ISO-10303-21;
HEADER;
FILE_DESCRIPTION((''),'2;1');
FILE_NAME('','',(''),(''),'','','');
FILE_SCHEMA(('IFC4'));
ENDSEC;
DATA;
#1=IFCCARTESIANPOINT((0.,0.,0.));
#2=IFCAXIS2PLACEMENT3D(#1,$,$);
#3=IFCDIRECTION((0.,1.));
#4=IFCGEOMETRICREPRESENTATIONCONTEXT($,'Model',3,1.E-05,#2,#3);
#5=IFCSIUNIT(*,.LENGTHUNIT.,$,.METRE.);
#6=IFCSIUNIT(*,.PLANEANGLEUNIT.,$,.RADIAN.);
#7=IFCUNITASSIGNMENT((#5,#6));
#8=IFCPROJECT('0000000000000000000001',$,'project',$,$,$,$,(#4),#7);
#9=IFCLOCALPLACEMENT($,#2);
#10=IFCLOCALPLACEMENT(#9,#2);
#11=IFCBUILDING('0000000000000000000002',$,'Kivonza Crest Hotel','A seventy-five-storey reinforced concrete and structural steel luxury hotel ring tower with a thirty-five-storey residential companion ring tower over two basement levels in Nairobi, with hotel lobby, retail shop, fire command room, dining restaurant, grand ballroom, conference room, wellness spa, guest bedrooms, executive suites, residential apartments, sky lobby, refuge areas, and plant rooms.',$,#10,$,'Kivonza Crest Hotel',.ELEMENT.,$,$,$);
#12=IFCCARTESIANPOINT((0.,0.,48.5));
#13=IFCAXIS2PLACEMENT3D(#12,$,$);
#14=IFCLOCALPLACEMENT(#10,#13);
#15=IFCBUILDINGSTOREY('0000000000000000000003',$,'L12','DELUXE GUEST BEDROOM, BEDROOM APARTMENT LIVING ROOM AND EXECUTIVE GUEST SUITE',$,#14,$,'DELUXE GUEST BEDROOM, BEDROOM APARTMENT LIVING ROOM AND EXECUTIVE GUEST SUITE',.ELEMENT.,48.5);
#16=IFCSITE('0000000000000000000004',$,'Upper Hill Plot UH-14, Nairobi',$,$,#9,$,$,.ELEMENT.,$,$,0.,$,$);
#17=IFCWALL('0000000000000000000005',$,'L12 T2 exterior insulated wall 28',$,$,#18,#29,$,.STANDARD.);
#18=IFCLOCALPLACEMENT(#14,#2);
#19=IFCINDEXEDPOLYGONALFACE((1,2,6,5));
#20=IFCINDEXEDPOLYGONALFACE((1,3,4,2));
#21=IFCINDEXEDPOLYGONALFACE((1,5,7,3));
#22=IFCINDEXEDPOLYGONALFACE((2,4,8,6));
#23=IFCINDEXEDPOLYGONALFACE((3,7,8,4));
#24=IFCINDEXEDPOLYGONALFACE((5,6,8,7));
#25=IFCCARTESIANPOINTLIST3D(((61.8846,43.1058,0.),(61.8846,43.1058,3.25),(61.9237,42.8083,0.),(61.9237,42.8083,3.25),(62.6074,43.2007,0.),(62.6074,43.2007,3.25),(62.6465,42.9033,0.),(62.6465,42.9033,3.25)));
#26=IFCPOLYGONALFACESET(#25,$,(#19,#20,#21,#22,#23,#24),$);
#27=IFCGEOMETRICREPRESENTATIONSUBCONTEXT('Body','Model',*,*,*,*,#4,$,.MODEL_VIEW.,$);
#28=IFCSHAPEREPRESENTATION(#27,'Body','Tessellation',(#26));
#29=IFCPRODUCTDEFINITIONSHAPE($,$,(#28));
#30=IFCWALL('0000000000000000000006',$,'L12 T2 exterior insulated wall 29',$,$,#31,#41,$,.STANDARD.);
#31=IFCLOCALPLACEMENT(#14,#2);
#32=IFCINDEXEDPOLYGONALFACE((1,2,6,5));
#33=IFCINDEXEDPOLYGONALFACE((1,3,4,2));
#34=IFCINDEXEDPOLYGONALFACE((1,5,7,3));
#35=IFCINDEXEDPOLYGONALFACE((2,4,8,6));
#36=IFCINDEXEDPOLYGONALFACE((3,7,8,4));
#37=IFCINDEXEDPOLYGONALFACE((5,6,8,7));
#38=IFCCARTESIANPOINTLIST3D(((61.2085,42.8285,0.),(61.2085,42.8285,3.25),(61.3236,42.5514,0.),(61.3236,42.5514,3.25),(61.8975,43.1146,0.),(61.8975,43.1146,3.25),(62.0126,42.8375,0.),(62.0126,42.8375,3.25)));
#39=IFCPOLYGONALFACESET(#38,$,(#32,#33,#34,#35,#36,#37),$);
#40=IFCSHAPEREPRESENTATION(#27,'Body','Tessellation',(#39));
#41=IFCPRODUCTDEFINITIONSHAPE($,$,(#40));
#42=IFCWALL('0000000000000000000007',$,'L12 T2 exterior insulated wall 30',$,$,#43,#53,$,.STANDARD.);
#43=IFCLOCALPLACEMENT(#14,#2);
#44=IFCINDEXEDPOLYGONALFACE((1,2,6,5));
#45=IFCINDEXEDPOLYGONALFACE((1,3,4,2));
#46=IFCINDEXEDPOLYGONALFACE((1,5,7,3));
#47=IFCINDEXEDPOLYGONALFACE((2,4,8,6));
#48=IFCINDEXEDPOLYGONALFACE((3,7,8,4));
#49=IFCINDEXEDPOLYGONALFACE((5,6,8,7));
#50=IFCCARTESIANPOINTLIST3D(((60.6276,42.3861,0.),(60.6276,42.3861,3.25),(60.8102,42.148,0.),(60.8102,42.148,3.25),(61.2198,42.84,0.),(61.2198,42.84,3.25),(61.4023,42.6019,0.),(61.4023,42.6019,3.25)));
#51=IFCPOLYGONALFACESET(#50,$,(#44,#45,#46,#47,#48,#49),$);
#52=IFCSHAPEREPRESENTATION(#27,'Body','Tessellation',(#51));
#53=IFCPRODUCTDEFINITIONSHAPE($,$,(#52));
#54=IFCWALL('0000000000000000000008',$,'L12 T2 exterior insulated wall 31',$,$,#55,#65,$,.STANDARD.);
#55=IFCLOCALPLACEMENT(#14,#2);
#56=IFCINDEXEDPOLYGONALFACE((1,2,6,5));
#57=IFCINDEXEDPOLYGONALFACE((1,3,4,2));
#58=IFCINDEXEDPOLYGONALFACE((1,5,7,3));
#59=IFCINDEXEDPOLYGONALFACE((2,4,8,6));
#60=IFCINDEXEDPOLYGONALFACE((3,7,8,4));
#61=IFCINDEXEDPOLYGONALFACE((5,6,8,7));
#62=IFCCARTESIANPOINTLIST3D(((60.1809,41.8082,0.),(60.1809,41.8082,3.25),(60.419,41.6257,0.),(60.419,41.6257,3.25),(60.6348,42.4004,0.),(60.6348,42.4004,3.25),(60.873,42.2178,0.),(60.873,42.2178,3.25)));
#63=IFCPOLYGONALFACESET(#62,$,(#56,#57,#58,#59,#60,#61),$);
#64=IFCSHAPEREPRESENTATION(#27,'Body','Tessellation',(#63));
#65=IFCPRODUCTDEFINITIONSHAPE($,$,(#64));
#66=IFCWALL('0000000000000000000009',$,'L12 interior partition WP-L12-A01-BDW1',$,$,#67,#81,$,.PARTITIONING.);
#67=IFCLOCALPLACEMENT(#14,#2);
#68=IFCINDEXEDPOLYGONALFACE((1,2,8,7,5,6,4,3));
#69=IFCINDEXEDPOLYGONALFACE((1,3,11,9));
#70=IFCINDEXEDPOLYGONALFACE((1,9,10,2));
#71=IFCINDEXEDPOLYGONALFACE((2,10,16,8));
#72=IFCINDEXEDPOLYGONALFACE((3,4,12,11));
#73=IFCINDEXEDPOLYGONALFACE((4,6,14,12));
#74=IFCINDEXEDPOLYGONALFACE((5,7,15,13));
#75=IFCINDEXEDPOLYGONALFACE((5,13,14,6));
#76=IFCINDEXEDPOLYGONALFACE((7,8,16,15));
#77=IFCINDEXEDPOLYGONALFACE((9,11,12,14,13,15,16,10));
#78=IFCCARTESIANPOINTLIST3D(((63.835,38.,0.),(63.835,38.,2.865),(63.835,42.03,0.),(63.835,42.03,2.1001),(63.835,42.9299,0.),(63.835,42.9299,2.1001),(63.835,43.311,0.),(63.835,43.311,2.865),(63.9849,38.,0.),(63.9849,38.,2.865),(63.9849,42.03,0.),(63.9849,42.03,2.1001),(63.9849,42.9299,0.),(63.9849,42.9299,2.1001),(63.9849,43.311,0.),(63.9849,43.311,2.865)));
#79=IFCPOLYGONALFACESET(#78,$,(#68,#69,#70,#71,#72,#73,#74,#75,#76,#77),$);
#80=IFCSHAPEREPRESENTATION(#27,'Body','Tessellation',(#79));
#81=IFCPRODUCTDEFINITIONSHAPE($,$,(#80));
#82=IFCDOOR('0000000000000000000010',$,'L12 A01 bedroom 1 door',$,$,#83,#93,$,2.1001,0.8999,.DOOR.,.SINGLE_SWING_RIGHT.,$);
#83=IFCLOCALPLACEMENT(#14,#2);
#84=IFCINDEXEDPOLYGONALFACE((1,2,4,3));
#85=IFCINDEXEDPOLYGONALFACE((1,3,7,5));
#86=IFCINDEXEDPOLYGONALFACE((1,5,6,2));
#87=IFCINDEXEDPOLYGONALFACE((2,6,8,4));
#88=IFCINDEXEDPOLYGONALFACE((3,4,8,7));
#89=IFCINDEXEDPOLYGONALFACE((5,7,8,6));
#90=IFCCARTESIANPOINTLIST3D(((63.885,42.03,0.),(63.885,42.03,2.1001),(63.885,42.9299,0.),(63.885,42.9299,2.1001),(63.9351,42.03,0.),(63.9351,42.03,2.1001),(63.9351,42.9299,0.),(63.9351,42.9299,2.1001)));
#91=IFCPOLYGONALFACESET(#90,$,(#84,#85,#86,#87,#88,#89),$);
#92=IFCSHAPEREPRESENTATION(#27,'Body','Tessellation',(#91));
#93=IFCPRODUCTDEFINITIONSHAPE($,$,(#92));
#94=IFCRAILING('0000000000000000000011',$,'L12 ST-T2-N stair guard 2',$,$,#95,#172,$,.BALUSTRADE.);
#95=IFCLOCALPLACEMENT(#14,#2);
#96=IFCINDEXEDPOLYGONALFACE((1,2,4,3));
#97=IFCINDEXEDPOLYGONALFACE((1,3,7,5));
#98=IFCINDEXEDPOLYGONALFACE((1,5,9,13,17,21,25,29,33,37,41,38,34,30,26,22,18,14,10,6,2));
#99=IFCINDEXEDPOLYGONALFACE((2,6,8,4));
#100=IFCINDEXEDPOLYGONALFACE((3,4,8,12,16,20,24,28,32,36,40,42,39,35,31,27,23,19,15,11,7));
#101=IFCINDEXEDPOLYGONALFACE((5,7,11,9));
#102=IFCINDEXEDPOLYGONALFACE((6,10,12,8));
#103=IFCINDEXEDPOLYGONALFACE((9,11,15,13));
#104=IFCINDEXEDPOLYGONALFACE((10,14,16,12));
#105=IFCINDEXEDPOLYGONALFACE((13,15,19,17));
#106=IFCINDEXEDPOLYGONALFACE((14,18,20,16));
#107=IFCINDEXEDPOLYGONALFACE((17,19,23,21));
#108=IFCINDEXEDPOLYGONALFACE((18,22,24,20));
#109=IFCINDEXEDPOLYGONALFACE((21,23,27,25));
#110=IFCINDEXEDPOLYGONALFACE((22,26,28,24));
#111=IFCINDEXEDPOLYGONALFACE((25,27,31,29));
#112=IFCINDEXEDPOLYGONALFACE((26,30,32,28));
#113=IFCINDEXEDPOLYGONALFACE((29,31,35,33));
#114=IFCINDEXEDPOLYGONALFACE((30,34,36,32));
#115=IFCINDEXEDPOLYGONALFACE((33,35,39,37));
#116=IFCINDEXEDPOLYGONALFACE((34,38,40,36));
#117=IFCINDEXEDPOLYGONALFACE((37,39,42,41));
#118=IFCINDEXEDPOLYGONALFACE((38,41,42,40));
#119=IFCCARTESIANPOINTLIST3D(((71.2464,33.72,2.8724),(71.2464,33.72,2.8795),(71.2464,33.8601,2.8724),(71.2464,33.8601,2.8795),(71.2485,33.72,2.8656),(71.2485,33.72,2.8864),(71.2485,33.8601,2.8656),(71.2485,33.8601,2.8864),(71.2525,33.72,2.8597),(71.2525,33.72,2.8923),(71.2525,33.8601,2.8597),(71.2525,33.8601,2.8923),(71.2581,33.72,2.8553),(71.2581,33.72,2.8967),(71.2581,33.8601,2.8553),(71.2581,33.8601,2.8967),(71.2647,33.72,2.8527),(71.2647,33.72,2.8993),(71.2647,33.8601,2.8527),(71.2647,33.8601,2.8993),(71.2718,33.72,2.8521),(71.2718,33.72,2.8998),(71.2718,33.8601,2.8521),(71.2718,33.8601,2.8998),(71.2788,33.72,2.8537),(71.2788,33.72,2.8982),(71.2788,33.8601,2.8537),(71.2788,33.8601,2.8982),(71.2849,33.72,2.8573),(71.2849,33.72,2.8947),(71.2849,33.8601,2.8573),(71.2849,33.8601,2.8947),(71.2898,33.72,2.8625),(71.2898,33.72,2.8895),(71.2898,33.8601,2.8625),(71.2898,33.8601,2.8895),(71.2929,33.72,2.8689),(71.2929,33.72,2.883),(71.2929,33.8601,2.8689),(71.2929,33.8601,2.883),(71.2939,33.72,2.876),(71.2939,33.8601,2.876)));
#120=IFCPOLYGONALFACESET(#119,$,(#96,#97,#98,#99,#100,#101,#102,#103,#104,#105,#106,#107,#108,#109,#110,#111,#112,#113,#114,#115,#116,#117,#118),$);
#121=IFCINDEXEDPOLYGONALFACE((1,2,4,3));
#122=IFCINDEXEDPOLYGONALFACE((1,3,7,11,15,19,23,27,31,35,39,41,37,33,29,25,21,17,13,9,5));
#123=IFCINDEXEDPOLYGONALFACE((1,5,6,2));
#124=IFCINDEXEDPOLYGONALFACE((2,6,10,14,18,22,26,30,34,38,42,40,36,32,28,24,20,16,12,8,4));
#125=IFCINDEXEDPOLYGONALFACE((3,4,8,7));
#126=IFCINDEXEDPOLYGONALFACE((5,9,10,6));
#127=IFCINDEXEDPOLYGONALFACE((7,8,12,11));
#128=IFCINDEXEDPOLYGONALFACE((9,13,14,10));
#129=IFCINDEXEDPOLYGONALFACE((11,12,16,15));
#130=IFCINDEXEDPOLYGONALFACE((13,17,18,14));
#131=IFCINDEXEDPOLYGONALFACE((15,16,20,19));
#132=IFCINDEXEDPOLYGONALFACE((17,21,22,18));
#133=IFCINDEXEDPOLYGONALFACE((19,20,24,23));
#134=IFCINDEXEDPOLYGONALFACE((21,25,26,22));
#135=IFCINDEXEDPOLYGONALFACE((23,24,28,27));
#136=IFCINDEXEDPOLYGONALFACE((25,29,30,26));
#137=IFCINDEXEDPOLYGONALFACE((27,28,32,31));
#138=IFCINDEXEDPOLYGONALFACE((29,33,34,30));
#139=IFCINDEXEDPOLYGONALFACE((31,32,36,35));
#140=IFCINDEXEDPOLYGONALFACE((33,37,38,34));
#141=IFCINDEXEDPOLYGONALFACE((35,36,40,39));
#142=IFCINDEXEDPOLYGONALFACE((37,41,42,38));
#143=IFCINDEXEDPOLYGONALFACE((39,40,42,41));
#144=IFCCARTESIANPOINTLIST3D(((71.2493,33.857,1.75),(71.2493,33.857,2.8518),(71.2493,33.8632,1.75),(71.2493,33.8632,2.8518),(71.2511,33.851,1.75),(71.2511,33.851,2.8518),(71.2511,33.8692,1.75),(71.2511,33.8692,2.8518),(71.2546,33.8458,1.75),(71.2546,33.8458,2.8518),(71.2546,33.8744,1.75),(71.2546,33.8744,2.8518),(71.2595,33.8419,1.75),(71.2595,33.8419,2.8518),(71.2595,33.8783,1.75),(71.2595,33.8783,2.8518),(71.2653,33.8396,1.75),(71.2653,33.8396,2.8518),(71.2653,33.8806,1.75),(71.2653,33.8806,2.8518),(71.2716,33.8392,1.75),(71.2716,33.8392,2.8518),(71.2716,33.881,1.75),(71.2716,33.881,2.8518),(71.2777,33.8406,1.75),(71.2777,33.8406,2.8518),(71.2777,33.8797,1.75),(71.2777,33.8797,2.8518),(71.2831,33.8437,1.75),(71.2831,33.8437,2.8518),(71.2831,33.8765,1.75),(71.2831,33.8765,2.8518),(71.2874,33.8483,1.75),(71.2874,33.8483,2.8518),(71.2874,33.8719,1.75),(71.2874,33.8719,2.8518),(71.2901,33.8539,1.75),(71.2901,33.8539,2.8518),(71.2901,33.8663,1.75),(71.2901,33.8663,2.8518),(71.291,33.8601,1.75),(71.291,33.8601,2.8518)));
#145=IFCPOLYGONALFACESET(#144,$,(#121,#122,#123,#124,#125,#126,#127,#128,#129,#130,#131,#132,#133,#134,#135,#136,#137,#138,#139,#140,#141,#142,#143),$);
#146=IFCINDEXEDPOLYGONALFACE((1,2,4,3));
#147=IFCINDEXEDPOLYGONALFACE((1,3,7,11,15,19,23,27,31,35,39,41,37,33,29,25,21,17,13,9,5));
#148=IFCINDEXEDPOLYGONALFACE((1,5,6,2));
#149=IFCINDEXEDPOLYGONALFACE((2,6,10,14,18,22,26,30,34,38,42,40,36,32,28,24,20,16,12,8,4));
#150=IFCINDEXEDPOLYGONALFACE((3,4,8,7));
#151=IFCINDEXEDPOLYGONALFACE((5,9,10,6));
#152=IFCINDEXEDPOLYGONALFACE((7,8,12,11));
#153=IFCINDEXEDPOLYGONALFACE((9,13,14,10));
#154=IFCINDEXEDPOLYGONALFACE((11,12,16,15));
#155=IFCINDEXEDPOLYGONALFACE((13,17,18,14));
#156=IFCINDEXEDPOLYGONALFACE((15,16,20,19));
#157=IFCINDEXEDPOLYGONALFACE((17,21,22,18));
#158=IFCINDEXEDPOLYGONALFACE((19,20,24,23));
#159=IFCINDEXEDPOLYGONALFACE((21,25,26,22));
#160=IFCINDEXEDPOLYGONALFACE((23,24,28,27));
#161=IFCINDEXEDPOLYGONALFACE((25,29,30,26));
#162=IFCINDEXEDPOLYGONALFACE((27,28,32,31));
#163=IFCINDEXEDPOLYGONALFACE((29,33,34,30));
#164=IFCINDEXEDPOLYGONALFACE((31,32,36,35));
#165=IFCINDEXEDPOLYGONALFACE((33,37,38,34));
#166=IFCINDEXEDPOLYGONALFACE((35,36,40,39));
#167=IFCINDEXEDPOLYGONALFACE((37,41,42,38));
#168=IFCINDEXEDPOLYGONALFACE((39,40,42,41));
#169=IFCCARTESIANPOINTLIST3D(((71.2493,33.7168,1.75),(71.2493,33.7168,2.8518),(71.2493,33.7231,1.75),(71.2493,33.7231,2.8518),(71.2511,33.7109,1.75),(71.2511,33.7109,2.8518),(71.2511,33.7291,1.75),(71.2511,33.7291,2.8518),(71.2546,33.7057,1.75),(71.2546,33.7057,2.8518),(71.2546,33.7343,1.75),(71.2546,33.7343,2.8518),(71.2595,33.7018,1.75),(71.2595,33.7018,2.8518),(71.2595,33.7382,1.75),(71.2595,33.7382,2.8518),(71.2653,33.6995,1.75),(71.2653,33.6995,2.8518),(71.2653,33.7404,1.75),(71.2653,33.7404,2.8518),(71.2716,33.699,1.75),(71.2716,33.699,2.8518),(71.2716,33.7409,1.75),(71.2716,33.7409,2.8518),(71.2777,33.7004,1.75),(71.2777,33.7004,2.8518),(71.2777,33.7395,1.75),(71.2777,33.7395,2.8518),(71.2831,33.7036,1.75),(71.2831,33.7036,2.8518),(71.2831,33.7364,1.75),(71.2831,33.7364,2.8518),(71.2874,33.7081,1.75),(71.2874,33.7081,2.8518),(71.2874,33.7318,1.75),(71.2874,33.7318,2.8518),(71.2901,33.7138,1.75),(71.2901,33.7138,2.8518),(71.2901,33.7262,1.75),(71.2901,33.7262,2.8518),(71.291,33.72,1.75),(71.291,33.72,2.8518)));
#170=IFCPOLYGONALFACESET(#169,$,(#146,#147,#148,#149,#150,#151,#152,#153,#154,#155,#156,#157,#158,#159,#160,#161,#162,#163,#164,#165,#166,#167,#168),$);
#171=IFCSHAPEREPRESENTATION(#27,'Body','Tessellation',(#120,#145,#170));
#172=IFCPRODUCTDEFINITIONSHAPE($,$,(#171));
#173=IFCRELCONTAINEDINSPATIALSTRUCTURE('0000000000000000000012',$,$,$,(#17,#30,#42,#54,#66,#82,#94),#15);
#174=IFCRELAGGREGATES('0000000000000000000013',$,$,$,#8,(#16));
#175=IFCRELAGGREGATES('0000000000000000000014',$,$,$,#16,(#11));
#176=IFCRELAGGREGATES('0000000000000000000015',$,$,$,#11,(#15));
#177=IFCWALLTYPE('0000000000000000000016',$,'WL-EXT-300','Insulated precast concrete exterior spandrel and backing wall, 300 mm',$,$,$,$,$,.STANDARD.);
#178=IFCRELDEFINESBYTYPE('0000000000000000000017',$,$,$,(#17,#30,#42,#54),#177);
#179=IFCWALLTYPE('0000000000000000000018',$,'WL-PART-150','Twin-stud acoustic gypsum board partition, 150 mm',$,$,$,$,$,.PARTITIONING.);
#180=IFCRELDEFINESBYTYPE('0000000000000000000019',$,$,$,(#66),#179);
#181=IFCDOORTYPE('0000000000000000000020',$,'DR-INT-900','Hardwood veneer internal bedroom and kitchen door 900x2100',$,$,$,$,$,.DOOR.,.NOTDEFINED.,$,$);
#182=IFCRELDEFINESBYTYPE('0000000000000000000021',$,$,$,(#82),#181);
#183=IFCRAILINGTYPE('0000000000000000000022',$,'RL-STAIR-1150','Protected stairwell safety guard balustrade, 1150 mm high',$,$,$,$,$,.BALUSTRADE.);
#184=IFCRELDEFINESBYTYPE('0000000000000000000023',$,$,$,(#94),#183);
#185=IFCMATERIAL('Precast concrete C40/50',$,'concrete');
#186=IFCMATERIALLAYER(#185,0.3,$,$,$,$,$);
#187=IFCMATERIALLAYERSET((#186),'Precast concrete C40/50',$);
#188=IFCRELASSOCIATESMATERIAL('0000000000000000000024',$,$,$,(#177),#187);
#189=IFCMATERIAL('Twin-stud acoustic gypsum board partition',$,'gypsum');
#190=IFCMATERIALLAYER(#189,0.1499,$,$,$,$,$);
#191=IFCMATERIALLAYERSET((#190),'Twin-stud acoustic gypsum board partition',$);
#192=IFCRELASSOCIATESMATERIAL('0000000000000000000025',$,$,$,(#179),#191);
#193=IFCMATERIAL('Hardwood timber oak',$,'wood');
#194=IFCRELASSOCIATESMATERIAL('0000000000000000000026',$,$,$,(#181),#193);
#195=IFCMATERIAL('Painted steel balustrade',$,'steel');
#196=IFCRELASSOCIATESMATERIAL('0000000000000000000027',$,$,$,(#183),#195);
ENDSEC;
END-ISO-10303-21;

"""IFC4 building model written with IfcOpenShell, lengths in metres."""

from ifc_helpers import new_model, si_unit, direction, frame, frame_2d, origin, origin_2d, place, context, subcontext, project, spatial, rectangle, circle, extrude, material, layer, layer_set, type_object, element, fill, save


model = new_model("IFC4")

# Units and contexts
model_context = context("Model", 3, precision=1e-05, world=origin(), true_north=direction((0.0, 1.0)))
body_context = subcontext(model_context, "Body", "Model", "MODEL_VIEW")
ifc_project = project(units=[si_unit("LENGTHUNIT", "METRE"), si_unit("PLANEANGLEUNIT", "RADIAN")], contexts=[model_context])

# Site, building, storey
site_placement = place(None, origin())
site = spatial("IfcSite", under=ifc_project, at=site_placement, Name="Upper Hill Plot UH-14, Nairobi", CompositionType="ELEMENT", RefElevation=0.0)
building_placement = place(site_placement, origin())
building = spatial("IfcBuilding", under=site, at=building_placement, Name="Kivonza Crest Hotel", Description="A seventy-five-storey reinforced concrete and structural steel luxury hotel ring tower with a thirty-five-storey residential companion ring tower over two basement levels in Nairobi, with hotel lobby, retail shop, fire command room, dining restaurant, grand ballroom, conference room, wellness spa, guest bedrooms, executive suites, residential apartments, sky lobby, refuge areas, and plant rooms.", LongName="Kivonza Crest Hotel", CompositionType="ELEMENT")
storey_placement = place(building_placement, frame((0.0, 0.0, 48.5)))
storey = spatial("IfcBuildingStorey", under=building, at=storey_placement, Name="L12", Description="DELUXE GUEST BEDROOM, BEDROOM APARTMENT LIVING ROOM AND EXECUTIVE GUEST SUITE", LongName="DELUXE GUEST BEDROOM, BEDROOM APARTMENT LIVING ROOM AND EXECUTIVE GUEST SUITE", CompositionType="ELEMENT", Elevation=48.5)

# Shared definitions
ifc_material_1 = material(Name="Hardwood timber oak", Category="wood")

# Shared definitions
ifc_material_2 = material(Name="Precast concrete C40/50", Category="concrete")
ifc_layer_1 = layer(ifc_material_2, 0.3)
ifc_layer_set_1 = layer_set([ifc_layer_1], Name="Precast concrete C40/50")
wall_type_1 = type_object("IfcWallType", Name="WL-EXT-300", Description="Insulated precast concrete exterior spandrel and backing wall, 300 mm", PredefinedType="STANDARD", material=ifc_layer_set_1)

# Walls
wall_1_placement = place(storey_placement, frame((62.627, 43.052, 0.0), z_axis=(0.0, 0.0, 1.0), x_axis=(-0.99148, -0.130255, 0.0)))
element("IfcWall", 1, at=wall_1_placement, inside=storey, type_object=wall_type_1, Name="L12 T2 exterior insulated wall 28", PredefinedType="STANDARD", context=body_context, shape_type="SweptSolid", body=[
    extrude(rectangle(XDim=0.729, YDim=0.3, at=frame_2d((0.3645, 0.0))), origin(), (0.0, 0.0, 1.0), 3.25),
])
for number, where, z_axis, x_axis, name in (
    (2, (61.9551, 42.9761, 0.0), (0.0, 0.0, 1.0), (-0.923522, -0.383546, 0.0), "L12 T2 exterior insulated wall 29"),
    (3, (61.311, 42.7209, 0.0), (0.0, 0.0, 1.0), (-0.793633, -0.608397, 0.0), "L12 T2 exterior insulated wall 30"),
    (4, (60.7539, 42.3091, 0.0), (0.0, 0.0, 1.0), (-0.608397, -0.793633, 0.0), "L12 T2 exterior insulated wall 31"),
):
    element("IfcWall", number, at=place(storey_placement, frame(where, z_axis=z_axis, x_axis=x_axis)), inside=storey, type_object=wall_type_1, Name=name, PredefinedType="STANDARD", context=body_context, shape_type="SweptSolid", body=[
        extrude(rectangle(XDim=0.7461, YDim=0.3, at=frame_2d((0.373, 0.0))), origin(), (0.0, 0.0, 1.0), 3.25),
    ])

# Wall, opening, door
ifc_material_3 = material(Name="Twin-stud acoustic gypsum board partition", Category="gypsum")
ifc_layer_2 = layer(ifc_material_3, 0.1499)
ifc_layer_set_2 = layer_set([ifc_layer_2], Name="Twin-stud acoustic gypsum board partition")
wall_type_2 = type_object("IfcWallType", Name="WL-PART-150", Description="Twin-stud acoustic gypsum board partition, 150 mm", PredefinedType="PARTITIONING", material=ifc_layer_set_2)
wall_2_placement = place(storey_placement, frame((63.9099, 38.0, 0.0), z_axis=(0.0, 0.0, 1.0), x_axis=(0.0, 1.0, 0.0)))
wall_2 = element("IfcWall", 5, at=wall_2_placement, inside=storey, type_object=wall_type_2, Name="L12 interior partition WP-L12-A01-BDW1", PredefinedType="PARTITIONING", context=body_context, shape_type="SweptSolid", body=[
    extrude(rectangle(XDim=5.311, YDim=0.1499, at=frame_2d((2.6555, 0.0))), origin(), (0.0, 0.0, 1.0), 2.865),
])
opening_1_placement = place(wall_2_placement, frame((4.03, 0.0, 0.0)))
opening_1 = element("IfcOpeningElement", 6, at=opening_1_placement, cuts=wall_2, PredefinedType="OPENING", context=body_context, shape_type="SweptSolid", body=[
    extrude(rectangle(XDim=0.8999, YDim=2.1001, at=frame_2d((0.45, 1.05))), frame((0.0, 0.085, 0.0), z_axis=(0.0, -1.0, 0.0), x_axis=(1.0, 0.0, 0.0)), (0.0, 0.0, 1.0), 0.1699),
])
door_type_1 = type_object("IfcDoorType", Name="DR-INT-900", Description="Hardwood veneer internal bedroom and kitchen door 900x2100", OperationType="NOTDEFINED", PredefinedType="DOOR", material=ifc_material_1)
door_1_placement = place(opening_1_placement, origin())
door_1 = element("IfcDoor", 7, at=door_1_placement, inside=storey, type_object=door_type_1, Name="L12 A01 bedroom 1 door", OperationType="SINGLE_SWING_RIGHT", OverallHeight=2.1001, OverallWidth=0.8999, PredefinedType="DOOR", context=body_context, shape_type="SweptSolid", body=[
    extrude(rectangle(XDim=0.8999, YDim=2.1001, at=frame_2d((0.45, 1.05))), frame((0.0, 0.0249, 0.0), z_axis=(0.0, -1.0, 0.0), x_axis=(1.0, 0.0, 0.0)), (0.0, 0.0, 1.0), 0.05),
])
fill(opening_1, door_1)

# Railing
ifc_material_4 = material(Name="Painted steel balustrade", Category="steel")
railing_type = type_object("IfcRailingType", Name="RL-STAIR-1150", Description="Protected stairwell safety guard balustrade, 1150 mm high", PredefinedType="BALUSTRADE", material=ifc_material_4)
railing_1_placement = place(storey_placement, frame((71.27, 33.8601, 1.75)))
element("IfcRailing", 8, at=railing_1_placement, inside=storey, type_object=railing_type, Name="L12 ST-T2-N stair guard 2", PredefinedType="BALUSTRADE", context=body_context, shape_type="SweptSolid", body=[
    extrude(circle(Radius=0.0239, at=origin_2d()), frame((0.0, 0.0, 1.126), z_axis=(0.0, -1.0, 0.0), x_axis=(1.0, 0.0, 0.0)), (0.0, 0.0, 1.0), 0.1401),
    extrude(circle(Radius=0.021, at=origin_2d()), origin(), (0.0, 0.0, 1.0), 1.1018),
    extrude(circle(Radius=0.021, at=origin_2d()), frame((0.0, -0.1401, 0.0)), (0.0, 0.0, 1.0), 1.1018),
])

save(model, "model.ifc")
